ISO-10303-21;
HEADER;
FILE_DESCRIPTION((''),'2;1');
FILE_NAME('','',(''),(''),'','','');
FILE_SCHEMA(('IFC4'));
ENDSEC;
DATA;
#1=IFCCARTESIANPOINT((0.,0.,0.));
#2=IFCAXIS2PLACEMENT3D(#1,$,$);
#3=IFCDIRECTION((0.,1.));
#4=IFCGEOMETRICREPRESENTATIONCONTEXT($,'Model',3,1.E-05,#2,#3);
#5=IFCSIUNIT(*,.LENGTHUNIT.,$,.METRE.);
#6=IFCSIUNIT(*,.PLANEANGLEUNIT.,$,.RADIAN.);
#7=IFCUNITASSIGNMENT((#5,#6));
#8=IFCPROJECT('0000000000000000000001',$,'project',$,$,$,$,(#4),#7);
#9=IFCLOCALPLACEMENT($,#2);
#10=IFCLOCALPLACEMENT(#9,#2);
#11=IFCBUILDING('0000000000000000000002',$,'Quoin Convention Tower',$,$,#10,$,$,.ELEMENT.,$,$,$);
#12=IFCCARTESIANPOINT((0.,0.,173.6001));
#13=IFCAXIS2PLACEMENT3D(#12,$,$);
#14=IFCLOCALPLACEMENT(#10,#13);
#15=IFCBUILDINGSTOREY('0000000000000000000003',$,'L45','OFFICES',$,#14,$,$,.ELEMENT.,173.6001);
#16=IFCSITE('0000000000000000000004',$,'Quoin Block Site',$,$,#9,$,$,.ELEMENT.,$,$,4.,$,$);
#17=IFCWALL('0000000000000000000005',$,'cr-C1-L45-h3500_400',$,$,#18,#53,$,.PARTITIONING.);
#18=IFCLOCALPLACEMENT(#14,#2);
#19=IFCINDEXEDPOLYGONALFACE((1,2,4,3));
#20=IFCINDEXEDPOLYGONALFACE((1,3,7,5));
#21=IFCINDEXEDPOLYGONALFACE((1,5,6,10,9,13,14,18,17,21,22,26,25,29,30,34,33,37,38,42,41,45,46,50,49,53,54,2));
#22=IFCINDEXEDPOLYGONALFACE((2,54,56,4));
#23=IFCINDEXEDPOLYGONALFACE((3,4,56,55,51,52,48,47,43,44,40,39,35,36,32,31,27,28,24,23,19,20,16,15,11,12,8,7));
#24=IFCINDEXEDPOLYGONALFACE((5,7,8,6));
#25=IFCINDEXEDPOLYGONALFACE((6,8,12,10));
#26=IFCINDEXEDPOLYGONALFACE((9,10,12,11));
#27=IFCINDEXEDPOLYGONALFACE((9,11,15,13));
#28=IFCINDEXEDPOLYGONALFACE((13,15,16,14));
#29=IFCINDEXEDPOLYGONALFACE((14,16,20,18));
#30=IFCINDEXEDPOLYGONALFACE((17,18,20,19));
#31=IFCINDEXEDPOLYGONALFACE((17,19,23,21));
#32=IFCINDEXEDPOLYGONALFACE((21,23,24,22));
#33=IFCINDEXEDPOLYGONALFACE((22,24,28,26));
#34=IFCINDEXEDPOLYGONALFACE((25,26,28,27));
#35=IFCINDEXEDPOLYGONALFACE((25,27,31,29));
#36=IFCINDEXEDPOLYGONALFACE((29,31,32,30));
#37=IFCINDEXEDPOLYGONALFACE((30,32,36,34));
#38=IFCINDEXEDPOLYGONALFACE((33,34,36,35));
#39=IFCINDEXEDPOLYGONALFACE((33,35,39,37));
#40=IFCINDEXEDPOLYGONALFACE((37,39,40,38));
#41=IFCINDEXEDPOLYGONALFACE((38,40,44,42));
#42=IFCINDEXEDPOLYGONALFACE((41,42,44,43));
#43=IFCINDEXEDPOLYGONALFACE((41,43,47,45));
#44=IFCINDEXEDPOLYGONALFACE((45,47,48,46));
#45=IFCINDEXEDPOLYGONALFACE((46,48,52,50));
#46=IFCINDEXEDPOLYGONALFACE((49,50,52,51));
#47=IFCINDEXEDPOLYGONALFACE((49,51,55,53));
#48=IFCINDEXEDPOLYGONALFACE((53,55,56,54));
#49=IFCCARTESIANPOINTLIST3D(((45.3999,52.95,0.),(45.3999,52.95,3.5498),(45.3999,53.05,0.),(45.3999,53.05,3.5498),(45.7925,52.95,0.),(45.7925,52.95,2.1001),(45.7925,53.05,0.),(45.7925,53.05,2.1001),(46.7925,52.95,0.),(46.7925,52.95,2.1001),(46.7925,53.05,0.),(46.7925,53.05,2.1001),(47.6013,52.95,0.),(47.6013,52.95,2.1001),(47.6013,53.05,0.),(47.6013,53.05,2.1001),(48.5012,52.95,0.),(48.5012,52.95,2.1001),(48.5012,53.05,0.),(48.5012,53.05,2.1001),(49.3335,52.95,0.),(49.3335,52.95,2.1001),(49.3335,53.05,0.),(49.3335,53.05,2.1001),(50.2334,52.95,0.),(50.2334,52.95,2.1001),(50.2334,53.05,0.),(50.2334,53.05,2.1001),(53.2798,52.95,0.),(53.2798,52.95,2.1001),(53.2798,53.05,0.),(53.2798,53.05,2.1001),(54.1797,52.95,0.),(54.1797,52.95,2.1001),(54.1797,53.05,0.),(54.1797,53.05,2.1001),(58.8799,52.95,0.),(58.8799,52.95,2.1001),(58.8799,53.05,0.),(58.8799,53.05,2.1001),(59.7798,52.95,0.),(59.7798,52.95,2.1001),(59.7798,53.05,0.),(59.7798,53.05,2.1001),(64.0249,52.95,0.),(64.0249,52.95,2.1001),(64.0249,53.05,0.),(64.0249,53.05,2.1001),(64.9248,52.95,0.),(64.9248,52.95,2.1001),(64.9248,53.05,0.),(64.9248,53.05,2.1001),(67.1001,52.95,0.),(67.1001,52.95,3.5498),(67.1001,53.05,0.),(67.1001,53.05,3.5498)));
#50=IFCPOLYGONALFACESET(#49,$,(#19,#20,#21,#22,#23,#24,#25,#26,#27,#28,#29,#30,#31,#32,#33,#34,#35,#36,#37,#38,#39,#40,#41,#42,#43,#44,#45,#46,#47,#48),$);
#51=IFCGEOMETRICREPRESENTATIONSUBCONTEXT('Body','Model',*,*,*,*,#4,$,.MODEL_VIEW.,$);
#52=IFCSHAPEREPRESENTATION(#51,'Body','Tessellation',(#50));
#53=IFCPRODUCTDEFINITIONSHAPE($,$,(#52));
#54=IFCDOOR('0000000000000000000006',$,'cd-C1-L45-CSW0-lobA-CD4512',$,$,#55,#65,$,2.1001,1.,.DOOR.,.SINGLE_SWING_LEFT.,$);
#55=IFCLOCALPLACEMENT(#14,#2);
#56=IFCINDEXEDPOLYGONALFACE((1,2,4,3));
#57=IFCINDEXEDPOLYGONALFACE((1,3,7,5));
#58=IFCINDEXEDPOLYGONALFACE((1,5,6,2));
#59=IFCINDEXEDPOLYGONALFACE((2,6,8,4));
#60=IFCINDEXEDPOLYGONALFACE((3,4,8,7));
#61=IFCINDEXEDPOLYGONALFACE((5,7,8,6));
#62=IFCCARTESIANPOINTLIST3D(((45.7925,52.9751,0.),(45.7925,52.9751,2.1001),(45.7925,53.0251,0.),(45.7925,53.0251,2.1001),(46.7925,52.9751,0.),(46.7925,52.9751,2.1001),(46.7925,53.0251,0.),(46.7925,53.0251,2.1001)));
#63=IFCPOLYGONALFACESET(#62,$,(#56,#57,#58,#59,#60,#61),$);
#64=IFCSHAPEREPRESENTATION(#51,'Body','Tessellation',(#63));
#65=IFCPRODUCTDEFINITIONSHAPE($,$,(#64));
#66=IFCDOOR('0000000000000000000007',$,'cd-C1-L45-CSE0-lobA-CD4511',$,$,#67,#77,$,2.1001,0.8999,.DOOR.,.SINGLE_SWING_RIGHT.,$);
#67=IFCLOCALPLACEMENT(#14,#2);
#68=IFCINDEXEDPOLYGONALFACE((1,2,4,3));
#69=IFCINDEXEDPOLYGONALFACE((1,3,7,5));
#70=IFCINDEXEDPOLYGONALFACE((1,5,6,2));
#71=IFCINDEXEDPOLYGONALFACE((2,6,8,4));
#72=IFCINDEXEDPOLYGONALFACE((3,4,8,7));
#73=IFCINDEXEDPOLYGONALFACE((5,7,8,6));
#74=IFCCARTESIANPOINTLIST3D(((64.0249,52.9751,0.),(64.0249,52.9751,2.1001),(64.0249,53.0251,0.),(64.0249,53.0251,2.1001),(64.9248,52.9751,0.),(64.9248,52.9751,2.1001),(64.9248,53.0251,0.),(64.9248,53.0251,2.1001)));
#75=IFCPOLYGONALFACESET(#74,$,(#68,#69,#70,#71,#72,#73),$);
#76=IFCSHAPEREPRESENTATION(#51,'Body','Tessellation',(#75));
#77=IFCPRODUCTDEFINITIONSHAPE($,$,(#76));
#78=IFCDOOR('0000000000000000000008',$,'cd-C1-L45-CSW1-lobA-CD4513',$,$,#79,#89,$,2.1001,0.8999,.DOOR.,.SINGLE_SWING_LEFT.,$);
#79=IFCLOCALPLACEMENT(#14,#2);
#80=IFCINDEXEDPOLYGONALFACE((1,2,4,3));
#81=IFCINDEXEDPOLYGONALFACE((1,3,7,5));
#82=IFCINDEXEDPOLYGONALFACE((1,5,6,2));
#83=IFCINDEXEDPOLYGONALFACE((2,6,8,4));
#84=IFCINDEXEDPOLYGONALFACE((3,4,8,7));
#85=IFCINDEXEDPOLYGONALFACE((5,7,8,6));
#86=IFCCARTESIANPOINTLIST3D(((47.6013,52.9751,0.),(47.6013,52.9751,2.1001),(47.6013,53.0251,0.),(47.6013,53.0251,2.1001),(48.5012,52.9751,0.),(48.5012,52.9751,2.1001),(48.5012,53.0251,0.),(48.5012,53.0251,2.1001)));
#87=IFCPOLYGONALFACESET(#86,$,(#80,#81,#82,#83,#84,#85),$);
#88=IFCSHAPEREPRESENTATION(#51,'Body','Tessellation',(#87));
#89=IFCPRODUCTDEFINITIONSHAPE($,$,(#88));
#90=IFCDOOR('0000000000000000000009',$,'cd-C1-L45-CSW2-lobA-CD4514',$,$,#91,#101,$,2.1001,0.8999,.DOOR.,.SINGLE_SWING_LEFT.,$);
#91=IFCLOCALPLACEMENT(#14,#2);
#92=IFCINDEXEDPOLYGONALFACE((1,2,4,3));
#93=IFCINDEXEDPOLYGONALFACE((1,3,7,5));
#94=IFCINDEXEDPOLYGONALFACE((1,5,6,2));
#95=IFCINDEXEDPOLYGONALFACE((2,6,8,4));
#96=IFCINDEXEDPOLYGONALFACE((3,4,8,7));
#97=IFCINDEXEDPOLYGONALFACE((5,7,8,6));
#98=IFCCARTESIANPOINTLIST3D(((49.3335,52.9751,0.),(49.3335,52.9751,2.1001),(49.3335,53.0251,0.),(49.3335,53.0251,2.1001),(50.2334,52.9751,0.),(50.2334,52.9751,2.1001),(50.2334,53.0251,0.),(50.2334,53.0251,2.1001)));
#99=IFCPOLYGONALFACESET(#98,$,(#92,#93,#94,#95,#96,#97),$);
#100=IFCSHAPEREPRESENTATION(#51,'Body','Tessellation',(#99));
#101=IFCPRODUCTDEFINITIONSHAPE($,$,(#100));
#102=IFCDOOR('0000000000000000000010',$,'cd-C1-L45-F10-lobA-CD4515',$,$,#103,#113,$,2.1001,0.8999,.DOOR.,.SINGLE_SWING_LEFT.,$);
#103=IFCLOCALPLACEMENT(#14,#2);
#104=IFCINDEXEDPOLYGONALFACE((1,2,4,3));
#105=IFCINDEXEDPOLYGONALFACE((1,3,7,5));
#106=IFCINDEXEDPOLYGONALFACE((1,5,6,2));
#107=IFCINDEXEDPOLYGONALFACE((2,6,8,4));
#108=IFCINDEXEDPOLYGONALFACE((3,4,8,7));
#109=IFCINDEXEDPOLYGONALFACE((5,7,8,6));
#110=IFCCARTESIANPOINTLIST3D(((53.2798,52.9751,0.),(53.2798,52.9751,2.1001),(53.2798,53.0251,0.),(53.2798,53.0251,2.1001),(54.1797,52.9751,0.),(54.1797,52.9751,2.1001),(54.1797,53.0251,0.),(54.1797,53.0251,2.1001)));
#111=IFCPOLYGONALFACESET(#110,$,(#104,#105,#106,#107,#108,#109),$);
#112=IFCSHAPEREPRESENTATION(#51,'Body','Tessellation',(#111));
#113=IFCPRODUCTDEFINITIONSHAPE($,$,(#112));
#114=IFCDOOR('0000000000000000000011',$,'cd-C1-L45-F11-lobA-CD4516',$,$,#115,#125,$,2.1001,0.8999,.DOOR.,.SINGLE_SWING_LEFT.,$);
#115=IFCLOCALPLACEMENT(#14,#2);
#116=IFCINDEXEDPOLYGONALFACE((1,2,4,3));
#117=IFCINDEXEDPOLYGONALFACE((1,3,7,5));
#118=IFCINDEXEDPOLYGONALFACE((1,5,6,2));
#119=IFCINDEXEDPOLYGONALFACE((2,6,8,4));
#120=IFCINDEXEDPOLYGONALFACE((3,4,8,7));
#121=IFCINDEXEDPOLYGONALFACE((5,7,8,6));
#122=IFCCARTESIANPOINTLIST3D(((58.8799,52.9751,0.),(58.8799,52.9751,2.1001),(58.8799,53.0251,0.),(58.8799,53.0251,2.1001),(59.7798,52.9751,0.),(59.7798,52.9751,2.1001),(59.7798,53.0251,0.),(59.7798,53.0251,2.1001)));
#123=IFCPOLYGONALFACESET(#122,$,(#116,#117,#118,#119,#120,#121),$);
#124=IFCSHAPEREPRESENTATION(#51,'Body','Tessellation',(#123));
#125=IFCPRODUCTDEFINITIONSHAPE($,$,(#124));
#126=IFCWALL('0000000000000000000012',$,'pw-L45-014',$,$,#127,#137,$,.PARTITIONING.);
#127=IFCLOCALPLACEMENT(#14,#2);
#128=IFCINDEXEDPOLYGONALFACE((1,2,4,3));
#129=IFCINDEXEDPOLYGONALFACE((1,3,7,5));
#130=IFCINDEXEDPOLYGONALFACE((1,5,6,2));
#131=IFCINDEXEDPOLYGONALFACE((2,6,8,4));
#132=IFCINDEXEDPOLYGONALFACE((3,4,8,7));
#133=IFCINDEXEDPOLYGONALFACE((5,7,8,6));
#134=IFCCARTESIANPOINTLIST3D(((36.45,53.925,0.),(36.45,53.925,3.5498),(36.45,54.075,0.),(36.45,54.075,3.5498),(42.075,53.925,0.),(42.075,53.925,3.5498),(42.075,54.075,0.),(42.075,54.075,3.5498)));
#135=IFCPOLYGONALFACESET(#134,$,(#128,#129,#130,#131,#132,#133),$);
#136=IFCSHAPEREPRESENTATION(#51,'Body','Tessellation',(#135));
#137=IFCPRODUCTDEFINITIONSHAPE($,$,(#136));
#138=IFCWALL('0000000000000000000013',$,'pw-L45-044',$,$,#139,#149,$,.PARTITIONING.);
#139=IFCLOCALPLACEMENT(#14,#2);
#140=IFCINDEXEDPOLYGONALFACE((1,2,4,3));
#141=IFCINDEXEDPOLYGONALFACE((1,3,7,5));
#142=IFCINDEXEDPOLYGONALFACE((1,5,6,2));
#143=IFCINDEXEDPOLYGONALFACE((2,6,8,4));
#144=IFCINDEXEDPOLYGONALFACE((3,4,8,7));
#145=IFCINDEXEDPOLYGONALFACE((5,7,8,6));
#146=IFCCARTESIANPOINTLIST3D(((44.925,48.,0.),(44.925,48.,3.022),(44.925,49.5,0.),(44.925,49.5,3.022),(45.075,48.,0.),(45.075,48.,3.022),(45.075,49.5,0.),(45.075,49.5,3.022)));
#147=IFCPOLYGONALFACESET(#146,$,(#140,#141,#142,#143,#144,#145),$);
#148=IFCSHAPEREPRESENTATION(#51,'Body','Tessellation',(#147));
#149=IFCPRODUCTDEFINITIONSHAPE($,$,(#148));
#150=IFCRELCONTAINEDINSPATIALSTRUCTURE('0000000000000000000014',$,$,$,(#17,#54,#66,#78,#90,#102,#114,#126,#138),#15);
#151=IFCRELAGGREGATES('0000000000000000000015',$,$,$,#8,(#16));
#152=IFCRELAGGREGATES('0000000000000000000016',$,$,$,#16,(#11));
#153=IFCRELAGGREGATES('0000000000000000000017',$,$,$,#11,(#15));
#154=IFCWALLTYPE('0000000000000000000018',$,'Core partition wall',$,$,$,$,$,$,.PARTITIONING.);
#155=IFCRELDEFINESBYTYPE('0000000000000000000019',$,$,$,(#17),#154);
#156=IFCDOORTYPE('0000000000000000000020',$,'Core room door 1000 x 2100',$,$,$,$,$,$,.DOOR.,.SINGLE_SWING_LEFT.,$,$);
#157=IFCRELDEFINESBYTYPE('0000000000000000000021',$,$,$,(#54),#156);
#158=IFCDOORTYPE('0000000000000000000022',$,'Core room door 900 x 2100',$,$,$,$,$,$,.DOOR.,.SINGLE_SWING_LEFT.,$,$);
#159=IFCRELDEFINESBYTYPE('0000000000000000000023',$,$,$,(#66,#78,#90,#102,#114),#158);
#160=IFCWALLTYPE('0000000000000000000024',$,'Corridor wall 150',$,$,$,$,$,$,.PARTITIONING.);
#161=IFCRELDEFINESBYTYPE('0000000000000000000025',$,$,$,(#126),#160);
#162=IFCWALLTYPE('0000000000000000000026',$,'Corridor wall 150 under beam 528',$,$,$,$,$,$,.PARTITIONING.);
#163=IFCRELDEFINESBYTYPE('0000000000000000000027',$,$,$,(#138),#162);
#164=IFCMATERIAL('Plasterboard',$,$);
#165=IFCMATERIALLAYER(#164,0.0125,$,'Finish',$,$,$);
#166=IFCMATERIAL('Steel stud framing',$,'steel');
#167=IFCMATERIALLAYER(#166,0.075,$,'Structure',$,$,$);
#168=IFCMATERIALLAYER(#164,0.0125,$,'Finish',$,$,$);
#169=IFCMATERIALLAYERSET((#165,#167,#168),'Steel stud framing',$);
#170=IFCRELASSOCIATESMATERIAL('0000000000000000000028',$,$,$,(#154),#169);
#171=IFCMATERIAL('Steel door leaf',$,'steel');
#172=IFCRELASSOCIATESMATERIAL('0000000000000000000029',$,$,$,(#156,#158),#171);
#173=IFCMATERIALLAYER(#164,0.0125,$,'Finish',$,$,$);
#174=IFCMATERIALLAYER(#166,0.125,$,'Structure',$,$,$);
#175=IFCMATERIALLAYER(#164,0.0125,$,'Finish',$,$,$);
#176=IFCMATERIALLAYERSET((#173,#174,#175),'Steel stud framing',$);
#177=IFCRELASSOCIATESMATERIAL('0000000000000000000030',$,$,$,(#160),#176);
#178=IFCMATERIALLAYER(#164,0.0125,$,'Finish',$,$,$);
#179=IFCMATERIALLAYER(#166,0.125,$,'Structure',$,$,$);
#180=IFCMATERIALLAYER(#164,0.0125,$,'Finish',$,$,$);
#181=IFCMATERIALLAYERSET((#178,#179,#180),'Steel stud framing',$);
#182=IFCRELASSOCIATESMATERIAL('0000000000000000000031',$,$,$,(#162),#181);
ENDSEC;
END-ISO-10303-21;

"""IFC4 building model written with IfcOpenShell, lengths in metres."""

from ifc_helpers import new_model, si_unit, direction, frame, frame_2d, origin, place, context, subcontext, project, spatial, rectangle, extrude, material, layer, layer_set, type_object, element, fill, save


model = new_model("IFC4")

# Units and contexts
model_context = context("Model", 3, precision=1e-05, world=origin(), true_north=direction((0.0, 1.0)))
body_context = subcontext(model_context, "Body", "Model", "MODEL_VIEW")
ifc_project = project(units=[si_unit("LENGTHUNIT", "METRE"), si_unit("PLANEANGLEUNIT", "RADIAN")], contexts=[model_context])

# Site, building, storey
site_placement = place(None, origin())
site = spatial("IfcSite", under=ifc_project, at=site_placement, Name="Quoin Block Site", CompositionType="ELEMENT", RefElevation=4.0)
building_placement = place(site_placement, origin())
building = spatial("IfcBuilding", under=site, at=building_placement, Name="Quoin Convention Tower", CompositionType="ELEMENT")
storey_placement = place(building_placement, frame((0.0, 0.0, 173.6001)))
storey = spatial("IfcBuildingStorey", under=building, at=storey_placement, Name="L45", Description="OFFICES", CompositionType="ELEMENT", Elevation=173.6001)

# Wall, openings, doors
ifc_material_1 = material(Name="Plasterboard")
ifc_layer_1 = layer(ifc_material_1, 0.0125, Name="Finish")
ifc_material_2 = material(Name="Steel stud framing", Category="steel")
ifc_layer_2 = layer(ifc_material_2, 0.075, Name="Structure")
ifc_layer_3 = layer(ifc_material_1, 0.0125, Name="Finish")
ifc_layer_set_1 = layer_set([ifc_layer_1, ifc_layer_2, ifc_layer_3], Name="Steel stud framing")
wall_type_1 = type_object("IfcWallType", Name="Core partition wall", PredefinedType="PARTITIONING", material=ifc_layer_set_1)
wall_1_placement = place(storey_placement, frame((45.3999, 53.0, 0.0), z_axis=(0.0, 0.0, 1.0), x_axis=(1.0, 0.0, 0.0)))
wall_1 = element("IfcWall", 1, at=wall_1_placement, inside=storey, type_object=wall_type_1, Name="cr-C1-L45-h3500_400", PredefinedType="PARTITIONING", context=body_context, shape_type="SweptSolid", body=[
    extrude(rectangle(XDim=21.7002, YDim=0.1001, at=frame_2d((10.8501, 0.0))), origin(), (0.0, 0.0, 1.0), 3.5498),
])
opening_1_placement = place(wall_1_placement, frame((18.625, 0.0, 0.0)))
opening_1 = element("IfcOpeningElement", 2, at=opening_1_placement, cuts=wall_1, PredefinedType="OPENING", context=body_context, shape_type="SweptSolid", body=[
    extrude(rectangle(XDim=0.8999, YDim=2.1001, at=frame_2d((0.45, 1.05))), frame((0.0, 0.0601, 0.0), z_axis=(0.0, -1.0, 0.0), x_axis=(1.0, 0.0, 0.0)), (0.0, 0.0, 1.0), 0.1201),
])
opening_2_placement = place(wall_1_placement, frame((0.3926, 0.0, 0.0)))
opening_2 = element("IfcOpeningElement", 3, at=opening_2_placement, cuts=wall_1, PredefinedType="OPENING", context=body_context, shape_type="SweptSolid", body=[
    extrude(rectangle(XDim=1.0, YDim=2.1001, at=frame_2d((0.5, 1.05))), frame((0.0, 0.0601, 0.0), z_axis=(0.0, -1.0, 0.0), x_axis=(1.0, 0.0, 0.0)), (0.0, 0.0, 1.0), 0.1201),
])
opening_3_placement = place(wall_1_placement, frame((2.2014, 0.0, 0.0)))
opening_3 = element("IfcOpeningElement", 4, at=opening_3_placement, cuts=wall_1, PredefinedType="OPENING", context=body_context, shape_type="SweptSolid", body=[
    extrude(rectangle(XDim=0.8999, YDim=2.1001, at=frame_2d((0.45, 1.05))), frame((0.0, 0.0601, 0.0), z_axis=(0.0, -1.0, 0.0), x_axis=(1.0, 0.0, 0.0)), (0.0, 0.0, 1.0), 0.1201),
])
opening_4_placement = place(wall_1_placement, frame((3.9336, 0.0, 0.0)))
opening_4 = element("IfcOpeningElement", 5, at=opening_4_placement, cuts=wall_1, PredefinedType="OPENING", context=body_context, shape_type="SweptSolid", body=[
    extrude(rectangle(XDim=0.8999, YDim=2.1001, at=frame_2d((0.45, 1.05))), frame((0.0, 0.0601, 0.0), z_axis=(0.0, -1.0, 0.0), x_axis=(1.0, 0.0, 0.0)), (0.0, 0.0, 1.0), 0.1201),
])
opening_5_placement = place(wall_1_placement, frame((7.8799, 0.0, 0.0)))
opening_5 = element("IfcOpeningElement", 6, at=opening_5_placement, cuts=wall_1, PredefinedType="OPENING", context=body_context, shape_type="SweptSolid", body=[
    extrude(rectangle(XDim=0.8999, YDim=2.1001, at=frame_2d((0.45, 1.05))), frame((0.0, 0.0601, 0.0), z_axis=(0.0, -1.0, 0.0), x_axis=(1.0, 0.0, 0.0)), (0.0, 0.0, 1.0), 0.1201),
])
opening_6_placement = place(wall_1_placement, frame((13.48, 0.0, 0.0)))
opening_6 = element("IfcOpeningElement", 7, at=opening_6_placement, cuts=wall_1, PredefinedType="OPENING", context=body_context, shape_type="SweptSolid", body=[
    extrude(rectangle(XDim=0.8999, YDim=2.1001, at=frame_2d((0.45, 1.05))), frame((0.0, 0.0601, 0.0), z_axis=(0.0, -1.0, 0.0), x_axis=(1.0, 0.0, 0.0)), (0.0, 0.0, 1.0), 0.1201),
])
ifc_material_3 = material(Name="Steel door leaf", Category="steel")
door_type_1 = type_object("IfcDoorType", Name="Core room door 1000 x 2100", OperationType="SINGLE_SWING_LEFT", PredefinedType="DOOR", material=ifc_material_3)
door_1_placement = place(opening_2_placement, frame((1.0, 0.0, 0.0), z_axis=(0.0, 0.0, 1.0), x_axis=(-1.0, 0.0, 0.0)))
door_1 = element("IfcDoor", 8, at=door_1_placement, inside=storey, type_object=door_type_1, Name="cd-C1-L45-CSW0-lobA-CD4512", OperationType="SINGLE_SWING_LEFT", OverallHeight=2.1001, OverallWidth=1.0, PredefinedType="DOOR", context=body_context, shape_type="SweptSolid", body=[
    extrude(rectangle(XDim=1.0, YDim=2.1001, at=frame_2d((0.5, 1.05))), frame((0.0, 0.0249, 0.0), z_axis=(0.0, -1.0, 0.0), x_axis=(1.0, 0.0, 0.0)), (0.0, 0.0, 1.0), 0.05),
])
fill(opening_2, door_1)
door_type_2 = type_object("IfcDoorType", Name="Core room door 900 x 2100", OperationType="SINGLE_SWING_LEFT", PredefinedType="DOOR", material=ifc_material_3)
door_2_placement = place(opening_1_placement, frame((0.8999, 0.0, 0.0), z_axis=(0.0, 0.0, 1.0), x_axis=(-1.0, 0.0, 0.0)))
door_2 = element("IfcDoor", 9, at=door_2_placement, inside=storey, type_object=door_type_2, Name="cd-C1-L45-CSE0-lobA-CD4511", OperationType="SINGLE_SWING_RIGHT", OverallHeight=2.1001, OverallWidth=0.8999, PredefinedType="DOOR", context=body_context, shape_type="SweptSolid", body=[
    extrude(rectangle(XDim=0.8999, YDim=2.1001, at=frame_2d((0.45, 1.05))), frame((0.0, 0.0249, 0.0), z_axis=(0.0, -1.0, 0.0), x_axis=(1.0, 0.0, 0.0)), (0.0, 0.0, 1.0), 0.05),
])
fill(opening_1, door_2)
door_3_placement = place(opening_3_placement, frame((0.8999, 0.0, 0.0), z_axis=(0.0, 0.0, 1.0), x_axis=(-1.0, 0.0, 0.0)))
door_3 = element("IfcDoor", 10, at=door_3_placement, inside=storey, type_object=door_type_2, Name="cd-C1-L45-CSW1-lobA-CD4513", OperationType="SINGLE_SWING_LEFT", OverallHeight=2.1001, OverallWidth=0.8999, PredefinedType="DOOR", context=body_context, shape_type="SweptSolid", body=[
    extrude(rectangle(XDim=0.8999, YDim=2.1001, at=frame_2d((0.45, 1.05))), frame((0.0, 0.0249, 0.0), z_axis=(0.0, -1.0, 0.0), x_axis=(1.0, 0.0, 0.0)), (0.0, 0.0, 1.0), 0.05),
])
fill(opening_3, door_3)
door_4_placement = place(opening_4_placement, frame((0.8999, 0.0, 0.0), z_axis=(0.0, 0.0, 1.0), x_axis=(-1.0, 0.0, 0.0)))
door_4 = element("IfcDoor", 11, at=door_4_placement, inside=storey, type_object=door_type_2, Name="cd-C1-L45-CSW2-lobA-CD4514", OperationType="SINGLE_SWING_LEFT", OverallHeight=2.1001, OverallWidth=0.8999, PredefinedType="DOOR", context=body_context, shape_type="SweptSolid", body=[
    extrude(rectangle(XDim=0.8999, YDim=2.1001, at=frame_2d((0.45, 1.05))), frame((0.0, 0.0249, 0.0), z_axis=(0.0, -1.0, 0.0), x_axis=(1.0, 0.0, 0.0)), (0.0, 0.0, 1.0), 0.05),
])
fill(opening_4, door_4)
door_5_placement = place(opening_5_placement, frame((0.8999, 0.0, 0.0), z_axis=(0.0, 0.0, 1.0), x_axis=(-1.0, 0.0, 0.0)))
door_5 = element("IfcDoor", 12, at=door_5_placement, inside=storey, type_object=door_type_2, Name="cd-C1-L45-F10-lobA-CD4515", OperationType="SINGLE_SWING_LEFT", OverallHeight=2.1001, OverallWidth=0.8999, PredefinedType="DOOR", context=body_context, shape_type="SweptSolid", body=[
    extrude(rectangle(XDim=0.8999, YDim=2.1001, at=frame_2d((0.45, 1.05))), frame((0.0, 0.0249, 0.0), z_axis=(0.0, -1.0, 0.0), x_axis=(1.0, 0.0, 0.0)), (0.0, 0.0, 1.0), 0.05),
])
fill(opening_5, door_5)
door_6_placement = place(opening_6_placement, frame((0.8999, 0.0, 0.0), z_axis=(0.0, 0.0, 1.0), x_axis=(-1.0, 0.0, 0.0)))
door_6 = element("IfcDoor", 13, at=door_6_placement, inside=storey, type_object=door_type_2, Name="cd-C1-L45-F11-lobA-CD4516", OperationType="SINGLE_SWING_LEFT", OverallHeight=2.1001, OverallWidth=0.8999, PredefinedType="DOOR", context=body_context, shape_type="SweptSolid", body=[
    extrude(rectangle(XDim=0.8999, YDim=2.1001, at=frame_2d((0.45, 1.05))), frame((0.0, 0.0249, 0.0), z_axis=(0.0, -1.0, 0.0), x_axis=(1.0, 0.0, 0.0)), (0.0, 0.0, 1.0), 0.05),
])
fill(opening_6, door_6)

# Walls
ifc_layer_4 = layer(ifc_material_1, 0.0125, Name="Finish")
ifc_layer_5 = layer(ifc_material_2, 0.125, Name="Structure")
ifc_layer_6 = layer(ifc_material_1, 0.0125, Name="Finish")
ifc_layer_set_2 = layer_set([ifc_layer_4, ifc_layer_5, ifc_layer_6], Name="Steel stud framing")
wall_type_2 = type_object("IfcWallType", Name="Corridor wall 150", PredefinedType="PARTITIONING", material=ifc_layer_set_2)
wall_2_placement = place(storey_placement, frame((36.45, 54.0, 0.0), z_axis=(0.0, 0.0, 1.0), x_axis=(1.0, 0.0, 0.0)))
element("IfcWall", 14, at=wall_2_placement, inside=storey, type_object=wall_type_2, Name="pw-L45-014", PredefinedType="PARTITIONING", context=body_context, shape_type="SweptSolid", body=[
    extrude(rectangle(XDim=5.625, YDim=0.1499, at=frame_2d((2.8125, 0.0))), origin(), (0.0, 0.0, 1.0), 3.5498),
])
ifc_layer_7 = layer(ifc_material_1, 0.0125, Name="Finish")
ifc_layer_8 = layer(ifc_material_2, 0.125, Name="Structure")
ifc_layer_9 = layer(ifc_material_1, 0.0125, Name="Finish")
ifc_layer_set_3 = layer_set([ifc_layer_7, ifc_layer_8, ifc_layer_9], Name="Steel stud framing")
wall_type_3 = type_object("IfcWallType", Name="Corridor wall 150 under beam 528", PredefinedType="PARTITIONING", material=ifc_layer_set_3)
wall_3_placement = place(storey_placement, frame((45.0, 48.0, 0.0), z_axis=(0.0, 0.0, 1.0), x_axis=(0.0, 1.0, 0.0)))
element("IfcWall", 15, at=wall_3_placement, inside=storey, type_object=wall_type_3, Name="pw-L45-044", PredefinedType="PARTITIONING", context=body_context, shape_type="SweptSolid", body=[
    extrude(rectangle(XDim=1.5, YDim=0.1499, at=frame_2d((0.75, 0.0))), origin(), (0.0, 0.0, 1.0), 3.022),
])

save(model, "model.ifc")
